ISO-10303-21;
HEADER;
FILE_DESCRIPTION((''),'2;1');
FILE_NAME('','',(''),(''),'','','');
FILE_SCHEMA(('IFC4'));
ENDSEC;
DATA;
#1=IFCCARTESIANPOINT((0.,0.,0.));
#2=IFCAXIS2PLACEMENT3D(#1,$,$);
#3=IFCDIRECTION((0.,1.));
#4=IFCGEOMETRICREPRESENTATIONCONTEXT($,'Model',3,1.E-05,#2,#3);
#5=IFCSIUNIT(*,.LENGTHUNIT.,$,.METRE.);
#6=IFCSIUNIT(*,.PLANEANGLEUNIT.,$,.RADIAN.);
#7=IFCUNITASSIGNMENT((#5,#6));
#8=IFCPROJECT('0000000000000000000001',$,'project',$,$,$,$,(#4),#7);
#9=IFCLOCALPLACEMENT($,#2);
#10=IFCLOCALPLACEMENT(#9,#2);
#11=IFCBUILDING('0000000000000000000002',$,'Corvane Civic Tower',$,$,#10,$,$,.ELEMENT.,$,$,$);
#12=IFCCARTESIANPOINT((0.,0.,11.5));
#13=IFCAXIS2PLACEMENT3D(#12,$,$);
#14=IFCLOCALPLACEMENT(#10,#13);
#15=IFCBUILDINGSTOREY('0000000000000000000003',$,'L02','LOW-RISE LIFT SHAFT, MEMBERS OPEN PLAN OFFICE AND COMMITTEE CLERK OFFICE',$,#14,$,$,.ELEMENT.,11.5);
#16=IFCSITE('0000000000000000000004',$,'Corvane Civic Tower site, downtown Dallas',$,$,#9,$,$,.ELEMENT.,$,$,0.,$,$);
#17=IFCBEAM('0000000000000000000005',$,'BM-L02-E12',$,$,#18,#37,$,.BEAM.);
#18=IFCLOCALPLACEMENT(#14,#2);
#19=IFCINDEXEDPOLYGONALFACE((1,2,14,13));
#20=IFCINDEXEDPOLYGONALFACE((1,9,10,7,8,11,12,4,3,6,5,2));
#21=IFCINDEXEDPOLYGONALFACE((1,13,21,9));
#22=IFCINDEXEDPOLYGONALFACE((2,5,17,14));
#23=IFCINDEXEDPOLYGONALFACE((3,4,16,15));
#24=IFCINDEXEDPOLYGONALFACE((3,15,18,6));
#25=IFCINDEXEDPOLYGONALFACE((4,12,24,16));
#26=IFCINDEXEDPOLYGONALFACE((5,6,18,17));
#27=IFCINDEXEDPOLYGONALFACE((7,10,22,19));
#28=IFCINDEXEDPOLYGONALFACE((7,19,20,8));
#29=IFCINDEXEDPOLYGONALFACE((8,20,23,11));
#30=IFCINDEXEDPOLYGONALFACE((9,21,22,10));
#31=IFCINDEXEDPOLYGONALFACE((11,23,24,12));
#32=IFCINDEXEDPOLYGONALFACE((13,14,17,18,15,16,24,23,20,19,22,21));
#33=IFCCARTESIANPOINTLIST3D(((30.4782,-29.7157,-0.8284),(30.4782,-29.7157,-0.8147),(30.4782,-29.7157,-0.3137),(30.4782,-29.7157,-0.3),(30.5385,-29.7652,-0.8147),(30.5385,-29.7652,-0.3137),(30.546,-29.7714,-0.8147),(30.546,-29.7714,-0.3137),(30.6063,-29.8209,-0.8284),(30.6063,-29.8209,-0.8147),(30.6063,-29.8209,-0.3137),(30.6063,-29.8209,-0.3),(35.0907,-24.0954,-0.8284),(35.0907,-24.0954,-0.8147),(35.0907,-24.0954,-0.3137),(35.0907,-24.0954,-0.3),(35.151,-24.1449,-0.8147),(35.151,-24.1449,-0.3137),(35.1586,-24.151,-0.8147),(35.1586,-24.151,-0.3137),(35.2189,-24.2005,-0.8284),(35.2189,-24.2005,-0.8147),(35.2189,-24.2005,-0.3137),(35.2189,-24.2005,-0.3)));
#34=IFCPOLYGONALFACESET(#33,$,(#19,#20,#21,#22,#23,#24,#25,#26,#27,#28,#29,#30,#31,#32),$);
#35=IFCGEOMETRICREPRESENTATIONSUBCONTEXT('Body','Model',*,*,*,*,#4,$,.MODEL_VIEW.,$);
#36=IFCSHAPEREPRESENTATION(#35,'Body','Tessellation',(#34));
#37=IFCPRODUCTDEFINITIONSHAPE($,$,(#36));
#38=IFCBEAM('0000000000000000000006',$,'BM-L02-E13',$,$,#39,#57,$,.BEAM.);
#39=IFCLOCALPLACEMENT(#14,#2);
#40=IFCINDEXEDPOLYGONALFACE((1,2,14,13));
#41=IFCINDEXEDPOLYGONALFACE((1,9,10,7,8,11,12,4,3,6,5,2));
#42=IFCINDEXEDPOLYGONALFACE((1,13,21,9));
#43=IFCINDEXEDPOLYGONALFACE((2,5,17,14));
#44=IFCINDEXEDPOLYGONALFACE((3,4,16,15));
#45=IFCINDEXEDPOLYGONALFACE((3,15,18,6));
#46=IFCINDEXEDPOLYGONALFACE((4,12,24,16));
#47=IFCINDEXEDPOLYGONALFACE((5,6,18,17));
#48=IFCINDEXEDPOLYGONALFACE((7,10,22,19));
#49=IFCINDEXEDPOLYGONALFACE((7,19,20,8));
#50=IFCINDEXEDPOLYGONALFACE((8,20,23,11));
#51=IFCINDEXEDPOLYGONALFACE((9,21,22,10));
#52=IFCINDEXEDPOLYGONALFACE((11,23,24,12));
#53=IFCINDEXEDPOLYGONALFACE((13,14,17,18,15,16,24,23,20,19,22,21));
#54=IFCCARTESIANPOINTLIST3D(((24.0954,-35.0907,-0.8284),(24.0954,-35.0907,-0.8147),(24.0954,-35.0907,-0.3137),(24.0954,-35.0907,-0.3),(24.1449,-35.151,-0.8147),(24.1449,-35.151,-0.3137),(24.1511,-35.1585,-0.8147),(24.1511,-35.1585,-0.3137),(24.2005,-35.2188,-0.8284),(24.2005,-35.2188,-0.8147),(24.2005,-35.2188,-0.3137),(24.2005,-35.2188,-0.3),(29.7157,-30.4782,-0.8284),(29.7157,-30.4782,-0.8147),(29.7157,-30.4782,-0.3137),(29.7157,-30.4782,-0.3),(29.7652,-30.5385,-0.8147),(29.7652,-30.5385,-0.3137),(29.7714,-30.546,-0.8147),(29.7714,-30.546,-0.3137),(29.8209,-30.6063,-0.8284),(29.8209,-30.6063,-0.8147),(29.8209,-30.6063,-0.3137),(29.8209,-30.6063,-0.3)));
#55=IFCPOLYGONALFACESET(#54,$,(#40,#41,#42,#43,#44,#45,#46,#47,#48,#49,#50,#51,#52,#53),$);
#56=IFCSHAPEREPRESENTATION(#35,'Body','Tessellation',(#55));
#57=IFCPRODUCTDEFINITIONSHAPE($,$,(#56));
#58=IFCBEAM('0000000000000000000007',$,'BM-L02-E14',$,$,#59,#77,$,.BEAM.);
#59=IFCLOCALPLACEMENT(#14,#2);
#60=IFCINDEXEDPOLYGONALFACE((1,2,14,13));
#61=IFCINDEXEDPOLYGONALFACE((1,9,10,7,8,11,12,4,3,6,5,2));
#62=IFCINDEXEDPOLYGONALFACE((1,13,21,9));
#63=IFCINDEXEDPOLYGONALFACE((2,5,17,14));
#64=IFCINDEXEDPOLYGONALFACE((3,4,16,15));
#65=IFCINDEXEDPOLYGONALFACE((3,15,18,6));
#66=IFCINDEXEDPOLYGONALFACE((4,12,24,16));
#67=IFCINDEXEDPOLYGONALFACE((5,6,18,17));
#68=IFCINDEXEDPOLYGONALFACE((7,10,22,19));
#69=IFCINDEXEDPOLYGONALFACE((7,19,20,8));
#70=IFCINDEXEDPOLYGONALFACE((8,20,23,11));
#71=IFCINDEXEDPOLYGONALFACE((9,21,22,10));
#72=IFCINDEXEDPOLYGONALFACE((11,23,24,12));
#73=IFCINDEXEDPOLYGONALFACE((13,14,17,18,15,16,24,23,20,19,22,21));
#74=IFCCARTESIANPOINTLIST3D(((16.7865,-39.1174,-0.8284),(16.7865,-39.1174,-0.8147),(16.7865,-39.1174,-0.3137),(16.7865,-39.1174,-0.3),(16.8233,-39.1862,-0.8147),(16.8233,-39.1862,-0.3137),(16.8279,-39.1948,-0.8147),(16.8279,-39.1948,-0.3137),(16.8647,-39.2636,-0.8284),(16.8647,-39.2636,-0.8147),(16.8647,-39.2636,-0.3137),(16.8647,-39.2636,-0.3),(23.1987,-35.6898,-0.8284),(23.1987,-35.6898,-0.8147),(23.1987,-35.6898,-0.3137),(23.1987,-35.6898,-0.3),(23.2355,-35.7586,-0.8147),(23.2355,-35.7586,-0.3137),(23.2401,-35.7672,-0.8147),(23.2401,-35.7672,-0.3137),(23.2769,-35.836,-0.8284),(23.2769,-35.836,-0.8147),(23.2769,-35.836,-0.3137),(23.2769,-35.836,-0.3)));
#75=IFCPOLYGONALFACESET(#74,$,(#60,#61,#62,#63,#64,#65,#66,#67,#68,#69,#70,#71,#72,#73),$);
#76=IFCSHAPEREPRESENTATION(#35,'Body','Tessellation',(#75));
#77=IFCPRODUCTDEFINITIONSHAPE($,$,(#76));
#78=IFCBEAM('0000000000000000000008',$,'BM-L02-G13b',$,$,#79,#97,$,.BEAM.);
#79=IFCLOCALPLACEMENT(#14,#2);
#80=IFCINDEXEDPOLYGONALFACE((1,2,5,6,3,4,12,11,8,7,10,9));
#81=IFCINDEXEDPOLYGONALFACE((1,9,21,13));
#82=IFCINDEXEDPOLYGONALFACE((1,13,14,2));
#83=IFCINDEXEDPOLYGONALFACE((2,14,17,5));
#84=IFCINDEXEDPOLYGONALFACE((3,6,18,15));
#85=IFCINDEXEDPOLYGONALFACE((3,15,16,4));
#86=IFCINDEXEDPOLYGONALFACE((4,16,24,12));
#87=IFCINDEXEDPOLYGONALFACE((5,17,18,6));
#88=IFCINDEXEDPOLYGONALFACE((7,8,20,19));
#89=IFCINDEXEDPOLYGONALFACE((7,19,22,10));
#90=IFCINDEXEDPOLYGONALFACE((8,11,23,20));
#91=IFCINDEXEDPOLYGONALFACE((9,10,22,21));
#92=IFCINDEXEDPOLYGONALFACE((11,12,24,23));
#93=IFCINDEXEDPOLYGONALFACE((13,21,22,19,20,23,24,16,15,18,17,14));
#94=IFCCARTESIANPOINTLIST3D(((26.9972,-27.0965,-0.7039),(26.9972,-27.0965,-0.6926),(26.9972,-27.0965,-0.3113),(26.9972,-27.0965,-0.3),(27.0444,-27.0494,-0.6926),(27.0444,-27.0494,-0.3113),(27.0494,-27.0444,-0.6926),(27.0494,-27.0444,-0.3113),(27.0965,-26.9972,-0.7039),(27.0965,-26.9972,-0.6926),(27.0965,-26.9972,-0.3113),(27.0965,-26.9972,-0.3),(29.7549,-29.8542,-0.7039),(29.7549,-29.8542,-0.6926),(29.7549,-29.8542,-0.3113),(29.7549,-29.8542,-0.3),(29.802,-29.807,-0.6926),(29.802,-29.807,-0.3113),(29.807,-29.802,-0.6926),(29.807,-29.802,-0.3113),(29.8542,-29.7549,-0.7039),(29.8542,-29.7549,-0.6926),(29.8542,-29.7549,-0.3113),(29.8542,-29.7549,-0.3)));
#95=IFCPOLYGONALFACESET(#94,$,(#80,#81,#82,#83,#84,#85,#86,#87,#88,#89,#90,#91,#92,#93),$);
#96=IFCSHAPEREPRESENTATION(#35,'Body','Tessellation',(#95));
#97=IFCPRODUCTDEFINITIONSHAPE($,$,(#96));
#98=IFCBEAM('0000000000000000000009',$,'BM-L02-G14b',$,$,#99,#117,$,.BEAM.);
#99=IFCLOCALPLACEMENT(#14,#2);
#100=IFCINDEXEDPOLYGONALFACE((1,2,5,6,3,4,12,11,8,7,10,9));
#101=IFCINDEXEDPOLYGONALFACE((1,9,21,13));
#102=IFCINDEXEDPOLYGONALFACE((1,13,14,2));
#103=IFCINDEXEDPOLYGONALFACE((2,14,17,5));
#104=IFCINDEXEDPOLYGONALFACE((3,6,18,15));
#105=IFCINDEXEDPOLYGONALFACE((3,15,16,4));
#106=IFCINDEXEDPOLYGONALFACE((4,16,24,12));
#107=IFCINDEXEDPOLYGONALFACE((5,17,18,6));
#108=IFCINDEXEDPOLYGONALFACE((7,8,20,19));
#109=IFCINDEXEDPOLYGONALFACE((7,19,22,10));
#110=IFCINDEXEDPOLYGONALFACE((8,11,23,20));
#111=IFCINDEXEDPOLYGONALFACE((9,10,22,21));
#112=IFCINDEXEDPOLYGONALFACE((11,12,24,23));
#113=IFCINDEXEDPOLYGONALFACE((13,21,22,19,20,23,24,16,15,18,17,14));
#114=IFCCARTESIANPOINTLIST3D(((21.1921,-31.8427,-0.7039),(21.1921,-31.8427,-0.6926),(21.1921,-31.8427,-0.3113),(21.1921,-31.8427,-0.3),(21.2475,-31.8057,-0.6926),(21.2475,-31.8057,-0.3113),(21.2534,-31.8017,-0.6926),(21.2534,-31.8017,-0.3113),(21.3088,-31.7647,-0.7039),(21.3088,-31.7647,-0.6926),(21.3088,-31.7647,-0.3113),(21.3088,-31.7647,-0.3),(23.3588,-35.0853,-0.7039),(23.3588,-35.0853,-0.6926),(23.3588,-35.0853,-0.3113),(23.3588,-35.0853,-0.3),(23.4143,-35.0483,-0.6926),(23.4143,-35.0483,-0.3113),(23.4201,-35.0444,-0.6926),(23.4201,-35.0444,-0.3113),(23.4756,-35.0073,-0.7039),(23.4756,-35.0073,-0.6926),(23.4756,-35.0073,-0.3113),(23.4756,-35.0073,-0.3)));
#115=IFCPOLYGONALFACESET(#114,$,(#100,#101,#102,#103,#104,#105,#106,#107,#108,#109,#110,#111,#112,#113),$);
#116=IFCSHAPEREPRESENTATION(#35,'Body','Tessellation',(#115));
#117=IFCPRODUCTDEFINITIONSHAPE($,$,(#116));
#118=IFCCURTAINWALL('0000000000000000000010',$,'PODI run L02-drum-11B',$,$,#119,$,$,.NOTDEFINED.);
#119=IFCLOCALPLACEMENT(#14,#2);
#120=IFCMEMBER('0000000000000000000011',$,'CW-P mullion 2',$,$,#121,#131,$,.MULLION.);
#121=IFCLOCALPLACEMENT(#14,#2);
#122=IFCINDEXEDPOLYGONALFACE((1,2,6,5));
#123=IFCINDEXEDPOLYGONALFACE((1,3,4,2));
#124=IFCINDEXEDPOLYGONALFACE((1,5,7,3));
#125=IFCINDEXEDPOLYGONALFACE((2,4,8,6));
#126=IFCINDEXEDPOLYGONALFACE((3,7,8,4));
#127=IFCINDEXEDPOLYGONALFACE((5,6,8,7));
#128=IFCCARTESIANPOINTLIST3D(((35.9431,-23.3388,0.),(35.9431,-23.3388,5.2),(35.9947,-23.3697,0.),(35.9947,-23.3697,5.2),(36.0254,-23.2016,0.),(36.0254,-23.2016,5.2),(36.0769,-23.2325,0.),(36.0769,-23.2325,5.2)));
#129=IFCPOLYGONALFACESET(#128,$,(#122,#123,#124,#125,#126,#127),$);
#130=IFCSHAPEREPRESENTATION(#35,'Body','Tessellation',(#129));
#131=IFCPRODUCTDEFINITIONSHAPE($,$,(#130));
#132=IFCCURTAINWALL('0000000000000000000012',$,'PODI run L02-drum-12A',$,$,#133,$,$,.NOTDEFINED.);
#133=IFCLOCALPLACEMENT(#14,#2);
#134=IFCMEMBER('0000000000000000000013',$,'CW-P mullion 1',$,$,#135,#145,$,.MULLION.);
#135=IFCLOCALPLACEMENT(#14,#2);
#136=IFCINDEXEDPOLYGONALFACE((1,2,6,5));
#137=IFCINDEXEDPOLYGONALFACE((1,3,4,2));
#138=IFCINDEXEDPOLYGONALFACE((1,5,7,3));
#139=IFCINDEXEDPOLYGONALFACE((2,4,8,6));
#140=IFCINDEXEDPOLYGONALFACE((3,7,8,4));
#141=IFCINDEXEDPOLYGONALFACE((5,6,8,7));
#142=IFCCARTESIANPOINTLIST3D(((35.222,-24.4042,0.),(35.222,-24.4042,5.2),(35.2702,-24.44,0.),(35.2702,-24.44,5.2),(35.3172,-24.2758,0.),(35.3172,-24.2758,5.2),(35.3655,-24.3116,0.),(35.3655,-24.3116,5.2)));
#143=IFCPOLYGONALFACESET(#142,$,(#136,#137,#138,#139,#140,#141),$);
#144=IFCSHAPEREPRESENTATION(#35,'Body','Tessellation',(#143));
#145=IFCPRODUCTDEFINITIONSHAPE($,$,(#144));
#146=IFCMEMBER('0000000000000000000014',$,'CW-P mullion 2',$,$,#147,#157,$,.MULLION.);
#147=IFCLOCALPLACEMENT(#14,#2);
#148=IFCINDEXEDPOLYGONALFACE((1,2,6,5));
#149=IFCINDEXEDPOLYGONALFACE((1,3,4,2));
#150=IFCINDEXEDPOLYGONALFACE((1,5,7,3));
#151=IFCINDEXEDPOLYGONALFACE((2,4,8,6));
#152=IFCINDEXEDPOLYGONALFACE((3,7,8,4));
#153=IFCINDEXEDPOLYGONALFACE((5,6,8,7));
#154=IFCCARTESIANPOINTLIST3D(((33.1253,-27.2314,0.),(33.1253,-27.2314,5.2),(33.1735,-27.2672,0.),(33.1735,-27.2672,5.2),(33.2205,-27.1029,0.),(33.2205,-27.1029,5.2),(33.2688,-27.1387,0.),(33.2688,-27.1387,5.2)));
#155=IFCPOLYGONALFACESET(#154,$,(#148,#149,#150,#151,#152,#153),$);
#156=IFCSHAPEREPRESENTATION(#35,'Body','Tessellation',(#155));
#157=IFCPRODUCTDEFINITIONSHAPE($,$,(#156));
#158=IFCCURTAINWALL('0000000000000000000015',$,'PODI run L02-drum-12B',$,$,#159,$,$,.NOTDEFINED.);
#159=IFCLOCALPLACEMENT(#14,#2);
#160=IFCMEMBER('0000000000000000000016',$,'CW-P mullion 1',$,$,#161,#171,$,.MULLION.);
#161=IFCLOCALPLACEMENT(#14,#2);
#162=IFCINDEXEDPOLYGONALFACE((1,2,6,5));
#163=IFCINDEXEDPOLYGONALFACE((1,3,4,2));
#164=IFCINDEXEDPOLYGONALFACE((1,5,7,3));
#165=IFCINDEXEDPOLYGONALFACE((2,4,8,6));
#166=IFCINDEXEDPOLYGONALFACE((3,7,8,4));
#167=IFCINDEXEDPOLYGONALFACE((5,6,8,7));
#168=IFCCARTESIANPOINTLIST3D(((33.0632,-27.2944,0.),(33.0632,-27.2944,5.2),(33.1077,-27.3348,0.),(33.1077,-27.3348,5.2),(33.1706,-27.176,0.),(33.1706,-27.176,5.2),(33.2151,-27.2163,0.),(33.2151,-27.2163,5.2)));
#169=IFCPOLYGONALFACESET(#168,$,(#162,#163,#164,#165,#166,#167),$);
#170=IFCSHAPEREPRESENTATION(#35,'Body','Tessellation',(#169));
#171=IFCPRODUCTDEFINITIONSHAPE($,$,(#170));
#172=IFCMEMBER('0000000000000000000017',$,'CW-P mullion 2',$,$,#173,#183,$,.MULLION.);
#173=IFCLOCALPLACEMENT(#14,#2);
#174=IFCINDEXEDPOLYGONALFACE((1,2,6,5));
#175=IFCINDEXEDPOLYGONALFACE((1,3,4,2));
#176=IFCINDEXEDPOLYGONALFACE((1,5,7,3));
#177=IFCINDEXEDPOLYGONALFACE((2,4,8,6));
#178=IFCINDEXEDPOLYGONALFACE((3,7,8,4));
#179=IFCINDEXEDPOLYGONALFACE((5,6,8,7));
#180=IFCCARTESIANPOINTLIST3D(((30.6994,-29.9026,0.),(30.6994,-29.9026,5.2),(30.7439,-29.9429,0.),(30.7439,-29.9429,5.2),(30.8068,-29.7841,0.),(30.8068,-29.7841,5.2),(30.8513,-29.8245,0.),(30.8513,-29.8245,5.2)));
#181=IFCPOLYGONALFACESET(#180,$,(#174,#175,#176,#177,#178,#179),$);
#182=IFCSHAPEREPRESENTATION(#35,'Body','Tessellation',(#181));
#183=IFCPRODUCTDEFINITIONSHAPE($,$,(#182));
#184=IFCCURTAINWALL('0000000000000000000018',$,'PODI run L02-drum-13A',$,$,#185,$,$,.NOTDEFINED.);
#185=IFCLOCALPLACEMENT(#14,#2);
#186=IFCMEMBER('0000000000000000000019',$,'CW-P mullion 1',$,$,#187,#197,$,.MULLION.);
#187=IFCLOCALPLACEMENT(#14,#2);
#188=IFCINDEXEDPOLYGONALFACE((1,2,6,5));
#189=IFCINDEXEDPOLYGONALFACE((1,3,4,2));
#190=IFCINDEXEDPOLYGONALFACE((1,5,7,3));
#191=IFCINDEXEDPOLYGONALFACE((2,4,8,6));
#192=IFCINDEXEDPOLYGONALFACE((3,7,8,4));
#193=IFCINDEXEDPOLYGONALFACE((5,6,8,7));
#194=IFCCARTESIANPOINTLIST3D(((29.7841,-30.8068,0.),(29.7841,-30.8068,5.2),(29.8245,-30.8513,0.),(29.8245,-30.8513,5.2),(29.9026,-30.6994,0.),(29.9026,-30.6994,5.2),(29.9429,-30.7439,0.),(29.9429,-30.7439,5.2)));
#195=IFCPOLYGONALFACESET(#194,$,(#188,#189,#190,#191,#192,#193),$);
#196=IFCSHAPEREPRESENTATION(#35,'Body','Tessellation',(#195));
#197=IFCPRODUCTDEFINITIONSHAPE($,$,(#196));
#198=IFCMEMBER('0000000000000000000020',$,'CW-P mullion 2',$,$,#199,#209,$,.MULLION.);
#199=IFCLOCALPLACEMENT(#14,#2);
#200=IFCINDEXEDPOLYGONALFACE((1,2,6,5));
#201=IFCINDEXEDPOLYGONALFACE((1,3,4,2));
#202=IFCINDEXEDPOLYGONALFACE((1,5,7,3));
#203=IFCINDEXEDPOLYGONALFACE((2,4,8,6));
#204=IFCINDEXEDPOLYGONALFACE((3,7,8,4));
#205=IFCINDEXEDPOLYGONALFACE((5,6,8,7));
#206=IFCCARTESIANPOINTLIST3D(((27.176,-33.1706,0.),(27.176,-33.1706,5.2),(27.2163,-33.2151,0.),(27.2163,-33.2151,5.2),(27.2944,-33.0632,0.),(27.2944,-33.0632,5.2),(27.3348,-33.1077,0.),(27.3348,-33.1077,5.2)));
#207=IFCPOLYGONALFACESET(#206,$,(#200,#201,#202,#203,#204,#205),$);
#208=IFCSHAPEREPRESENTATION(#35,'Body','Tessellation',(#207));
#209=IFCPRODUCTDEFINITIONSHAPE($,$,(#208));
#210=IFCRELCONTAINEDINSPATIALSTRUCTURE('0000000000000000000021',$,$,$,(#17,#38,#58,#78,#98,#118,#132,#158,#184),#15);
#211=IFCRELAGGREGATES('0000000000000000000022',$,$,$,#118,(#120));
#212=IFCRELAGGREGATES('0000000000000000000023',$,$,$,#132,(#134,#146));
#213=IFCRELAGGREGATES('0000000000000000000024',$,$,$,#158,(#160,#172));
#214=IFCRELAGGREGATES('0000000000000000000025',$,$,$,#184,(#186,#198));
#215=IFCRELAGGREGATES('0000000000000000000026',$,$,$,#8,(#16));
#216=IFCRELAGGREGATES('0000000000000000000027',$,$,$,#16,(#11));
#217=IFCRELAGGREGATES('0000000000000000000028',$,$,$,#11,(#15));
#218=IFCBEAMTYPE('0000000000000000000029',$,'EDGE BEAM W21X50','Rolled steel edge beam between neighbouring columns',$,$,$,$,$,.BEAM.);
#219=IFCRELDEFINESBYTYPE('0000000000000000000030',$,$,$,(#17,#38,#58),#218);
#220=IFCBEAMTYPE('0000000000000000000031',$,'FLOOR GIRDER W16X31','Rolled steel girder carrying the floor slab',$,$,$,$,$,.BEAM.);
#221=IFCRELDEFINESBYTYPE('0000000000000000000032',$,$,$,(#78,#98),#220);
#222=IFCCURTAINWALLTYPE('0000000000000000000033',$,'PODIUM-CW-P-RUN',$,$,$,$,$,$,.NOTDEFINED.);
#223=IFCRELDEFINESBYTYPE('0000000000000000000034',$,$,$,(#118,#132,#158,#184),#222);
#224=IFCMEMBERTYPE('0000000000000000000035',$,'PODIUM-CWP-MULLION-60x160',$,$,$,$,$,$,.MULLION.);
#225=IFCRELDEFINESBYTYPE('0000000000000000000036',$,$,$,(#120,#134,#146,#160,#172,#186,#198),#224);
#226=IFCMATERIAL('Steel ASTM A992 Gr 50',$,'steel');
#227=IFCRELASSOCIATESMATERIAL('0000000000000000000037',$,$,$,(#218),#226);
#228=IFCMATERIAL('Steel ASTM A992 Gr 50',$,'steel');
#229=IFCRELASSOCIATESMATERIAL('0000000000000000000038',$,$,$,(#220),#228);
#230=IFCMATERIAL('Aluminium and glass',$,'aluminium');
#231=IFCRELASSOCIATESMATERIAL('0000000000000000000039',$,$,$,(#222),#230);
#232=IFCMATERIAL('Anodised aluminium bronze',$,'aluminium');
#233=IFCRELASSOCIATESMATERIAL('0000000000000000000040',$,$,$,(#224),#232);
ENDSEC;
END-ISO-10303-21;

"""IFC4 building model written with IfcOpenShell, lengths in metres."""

from ifc_helpers import new_model, si_unit, direction, frame, origin, origin_2d, place, context, subcontext, project, spatial, rectangle, i_section, extrude, material, material_profile, profile_set, type_object, element, aggregate, save


model = new_model("IFC4")

# Units and contexts
model_context = context("Model", 3, precision=1e-05, world=origin(), true_north=direction((0.0, 1.0)))
body_context = subcontext(model_context, "Body", "Model", "MODEL_VIEW")
ifc_project = project(units=[si_unit("LENGTHUNIT", "METRE"), si_unit("PLANEANGLEUNIT", "RADIAN")], contexts=[model_context])

# Site, building, storey
site_placement = place(None, origin())
site = spatial("IfcSite", under=ifc_project, at=site_placement, Name="Corvane Civic Tower site, downtown Dallas", CompositionType="ELEMENT", RefElevation=0.0)
building_placement = place(site_placement, origin())
building = spatial("IfcBuilding", under=site, at=building_placement, Name="Corvane Civic Tower", CompositionType="ELEMENT")
storey_placement = place(building_placement, frame((0.0, 0.0, 11.5)))
storey = spatial("IfcBuildingStorey", under=building, at=storey_placement, Name="L02", Description="LOW-RISE LIFT SHAFT, MEMBERS OPEN PLAN OFFICE AND COMMITTEE CLERK OFFICE", CompositionType="ELEMENT", Elevation=11.5)

# Beams
ifc_material_1 = material(Name="Steel ASTM A992 Gr 50", Category="steel")
ifc_material_profile_1 = material_profile(ifc_material_1, i_section(OverallWidth=0.1658, OverallDepth=0.5283, WebThickness=0.0098, FlangeThickness=0.0137, at=origin_2d()), Name="W21X50")
ifc_profile_set_1 = profile_set([ifc_material_profile_1], Name="Steel ASTM A992 Gr 50")
beam_type_1 = type_object("IfcBeamType", Name="EDGE BEAM W21X50", Description="Rolled steel edge beam between neighbouring columns", PredefinedType="BEAM", material=ifc_profile_set_1)
for number, where, z_axis, x_axis, name in (
    (1, (35.1548, -24.1479, -0.5642), (-0.634396, -0.773008, 0.0), (0.773008, -0.634396, 0.0), "BM-L02-E12"),
    (2, (29.7683, -30.5422, -0.5642), (-0.773008, -0.634396, 0.0), (0.634396, -0.773008, 0.0), "BM-L02-E13"),
    (3, (23.2378, -35.7629, -0.5642), (-0.881913, -0.471412, 0.0), (0.471412, -0.881913, 0.0), "BM-L02-E14"),
):
    element("IfcBeam", number, at=place(storey_placement, frame(where, z_axis=z_axis, x_axis=x_axis)), inside=storey, type_object=beam_type_1, Name=name, PredefinedType="BEAM", context=body_context, shape_type="SweptSolid", body=[
        extrude(i_section(OverallWidth=0.1658, OverallDepth=0.5283, WebThickness=0.0098, FlangeThickness=0.0137, at=origin_2d()), origin(), (0.0, 0.0, 1.0), 7.2708),
    ])
ifc_material_2 = material(Name="Steel ASTM A992 Gr 50", Category="steel")
ifc_material_profile_2 = material_profile(ifc_material_2, i_section(OverallWidth=0.1404, OverallDepth=0.4038, WebThickness=0.0071, FlangeThickness=0.0112, at=origin_2d()), Name="W16X31")
ifc_profile_set_2 = profile_set([ifc_material_profile_2], Name="Steel ASTM A992 Gr 50")
beam_type_2 = type_object("IfcBeamType", Name="FLOOR GIRDER W16X31", Description="Rolled steel girder carrying the floor slab", PredefinedType="BEAM", material=ifc_profile_set_2)
for number, where, z_axis, x_axis, name in (
    (4, (27.0469, -27.0469, -0.502), (0.707107, -0.707107, 0.0), (0.707107, 0.707107, 0.0), "BM-L02-G13b"),
    (5, (21.2505, -31.8037, -0.502), (0.555581, -0.831462, 0.0), (0.831462, 0.555581, 0.0), "BM-L02-G14b"),
):
    element("IfcBeam", number, at=place(storey_placement, frame(where, z_axis=z_axis, x_axis=x_axis)), inside=storey, type_object=beam_type_2, Name=name, PredefinedType="BEAM", context=body_context, shape_type="SweptSolid", body=[
        extrude(i_section(OverallWidth=0.1404, OverallDepth=0.4038, WebThickness=0.0071, FlangeThickness=0.0112, at=origin_2d()), origin(), (0.0, 0.0, 1.0), 3.8999),
    ])

# Curtain wall, member
ifc_material_3 = material(Name="Aluminium and glass", Category="aluminium")
curtain_wall_type = type_object("IfcCurtainWallType", Name="PODIUM-CW-P-RUN", PredefinedType="NOTDEFINED", material=ifc_material_3)
curtain_wall_1_placement = place(storey_placement, origin())
curtain_wall_1 = element("IfcCurtainWall", 6, at=curtain_wall_1_placement, inside=storey, type_object=curtain_wall_type, Name="PODI run L02-drum-11B", PredefinedType="NOTDEFINED")
ifc_material_4 = material(Name="Anodised aluminium bronze", Category="aluminium")
ifc_material_profile_3 = material_profile(ifc_material_4, rectangle(XDim=0.0601, YDim=0.1599, at=origin_2d()), Name="AL 60x160")
ifc_profile_set_3 = profile_set([ifc_material_profile_3], Name="Anodised aluminium bronze")
member_type_1 = type_object("IfcMemberType", Name="PODIUM-CWP-MULLION-60x160", PredefinedType="MULLION", material=ifc_profile_set_3)
member_1_placement = place(storey_placement, frame((36.01, -23.2856, 0.0), z_axis=(0.0, 0.0, 1.0), x_axis=(0.85772, -0.514118, 0.0)))
member_1 = element("IfcMember", 7, at=member_1_placement, type_object=member_type_1, Name="CW-P mullion 2", PredefinedType="MULLION", context=body_context, shape_type="SweptSolid", body=[
    extrude(rectangle(XDim=0.0601, YDim=0.1599, at=origin_2d()), origin(), (0.0, 0.0, 1.0), 5.2),
])
aggregate(curtain_wall_1, [member_1])

# Curtain walls, members
curtain_wall_2_placement = place(storey_placement, origin())
curtain_wall_2 = element("IfcCurtainWall", 8, at=curtain_wall_2_placement, inside=storey, type_object=curtain_wall_type, Name="PODI run L02-drum-12A", PredefinedType="NOTDEFINED")
member_2_placement = place(storey_placement, frame((35.2937, -24.3579, 0.0), z_axis=(0.0, 0.0, 1.0), x_axis=(0.803203, -0.595705, 0.0)))
member_2 = element("IfcMember", 9, at=member_2_placement, type_object=member_type_1, Name="CW-P mullion 1", PredefinedType="MULLION", context=body_context, shape_type="SweptSolid", body=[
    extrude(rectangle(XDim=0.0601, YDim=0.1599, at=origin_2d()), origin(), (0.0, 0.0, 1.0), 5.2),
])
member_3_placement = place(storey_placement, frame((33.197, -27.1851, 0.0), z_axis=(0.0, 0.0, 1.0), x_axis=(0.803203, -0.595705, 0.0)))
member_3 = element("IfcMember", 10, at=member_3_placement, type_object=member_type_1, Name="CW-P mullion 2", PredefinedType="MULLION", context=body_context, shape_type="SweptSolid", body=[
    extrude(rectangle(XDim=0.0601, YDim=0.1599, at=origin_2d()), origin(), (0.0, 0.0, 1.0), 5.2),
])
curtain_wall_3_placement = place(storey_placement, origin())
curtain_wall_3 = element("IfcCurtainWall", 11, at=curtain_wall_3_placement, inside=storey, type_object=curtain_wall_type, Name="PODI run L02-drum-12B", PredefinedType="NOTDEFINED")
member_4_placement = place(storey_placement, frame((33.1392, -27.2554, 0.0), z_axis=(0.0, 0.0, 1.0), x_axis=(0.740935, -0.671576, 0.0)))
member_4 = element("IfcMember", 12, at=member_4_placement, type_object=member_type_1, Name="CW-P mullion 1", PredefinedType="MULLION", context=body_context, shape_type="SweptSolid", body=[
    extrude(rectangle(XDim=0.0601, YDim=0.1599, at=origin_2d()), origin(), (0.0, 0.0, 1.0), 5.2),
])
member_5_placement = place(storey_placement, frame((30.7754, -29.8635, 0.0), z_axis=(0.0, 0.0, 1.0), x_axis=(0.740935, -0.671576, 0.0)))
member_5 = element("IfcMember", 13, at=member_5_placement, type_object=member_type_1, Name="CW-P mullion 2", PredefinedType="MULLION", context=body_context, shape_type="SweptSolid", body=[
    extrude(rectangle(XDim=0.0601, YDim=0.1599, at=origin_2d()), origin(), (0.0, 0.0, 1.0), 5.2),
])
curtain_wall_4_placement = place(storey_placement, origin())
curtain_wall_4 = element("IfcCurtainWall", 14, at=curtain_wall_4_placement, inside=storey, type_object=curtain_wall_type, Name="PODI run L02-drum-13A", PredefinedType="NOTDEFINED")
member_6_placement = place(storey_placement, frame((29.8635, -30.7754, 0.0), z_axis=(0.0, 0.0, 1.0), x_axis=(0.671576, -0.740935, 0.0)))
member_6 = element("IfcMember", 15, at=member_6_placement, type_object=member_type_1, Name="CW-P mullion 1", PredefinedType="MULLION", context=body_context, shape_type="SweptSolid", body=[
    extrude(rectangle(XDim=0.0601, YDim=0.1599, at=origin_2d()), origin(), (0.0, 0.0, 1.0), 5.2),
])
member_7_placement = place(storey_placement, frame((27.2554, -33.1392, 0.0), z_axis=(0.0, 0.0, 1.0), x_axis=(0.671576, -0.740935, 0.0)))
member_7 = element("IfcMember", 16, at=member_7_placement, type_object=member_type_1, Name="CW-P mullion 2", PredefinedType="MULLION", context=body_context, shape_type="SweptSolid", body=[
    extrude(rectangle(XDim=0.0601, YDim=0.1599, at=origin_2d()), origin(), (0.0, 0.0, 1.0), 5.2),
])

aggregate(curtain_wall_2, [member_2, member_3])
aggregate(curtain_wall_3, [member_4, member_5])
aggregate(curtain_wall_4, [member_6, member_7])

save(model, "model.ifc")
